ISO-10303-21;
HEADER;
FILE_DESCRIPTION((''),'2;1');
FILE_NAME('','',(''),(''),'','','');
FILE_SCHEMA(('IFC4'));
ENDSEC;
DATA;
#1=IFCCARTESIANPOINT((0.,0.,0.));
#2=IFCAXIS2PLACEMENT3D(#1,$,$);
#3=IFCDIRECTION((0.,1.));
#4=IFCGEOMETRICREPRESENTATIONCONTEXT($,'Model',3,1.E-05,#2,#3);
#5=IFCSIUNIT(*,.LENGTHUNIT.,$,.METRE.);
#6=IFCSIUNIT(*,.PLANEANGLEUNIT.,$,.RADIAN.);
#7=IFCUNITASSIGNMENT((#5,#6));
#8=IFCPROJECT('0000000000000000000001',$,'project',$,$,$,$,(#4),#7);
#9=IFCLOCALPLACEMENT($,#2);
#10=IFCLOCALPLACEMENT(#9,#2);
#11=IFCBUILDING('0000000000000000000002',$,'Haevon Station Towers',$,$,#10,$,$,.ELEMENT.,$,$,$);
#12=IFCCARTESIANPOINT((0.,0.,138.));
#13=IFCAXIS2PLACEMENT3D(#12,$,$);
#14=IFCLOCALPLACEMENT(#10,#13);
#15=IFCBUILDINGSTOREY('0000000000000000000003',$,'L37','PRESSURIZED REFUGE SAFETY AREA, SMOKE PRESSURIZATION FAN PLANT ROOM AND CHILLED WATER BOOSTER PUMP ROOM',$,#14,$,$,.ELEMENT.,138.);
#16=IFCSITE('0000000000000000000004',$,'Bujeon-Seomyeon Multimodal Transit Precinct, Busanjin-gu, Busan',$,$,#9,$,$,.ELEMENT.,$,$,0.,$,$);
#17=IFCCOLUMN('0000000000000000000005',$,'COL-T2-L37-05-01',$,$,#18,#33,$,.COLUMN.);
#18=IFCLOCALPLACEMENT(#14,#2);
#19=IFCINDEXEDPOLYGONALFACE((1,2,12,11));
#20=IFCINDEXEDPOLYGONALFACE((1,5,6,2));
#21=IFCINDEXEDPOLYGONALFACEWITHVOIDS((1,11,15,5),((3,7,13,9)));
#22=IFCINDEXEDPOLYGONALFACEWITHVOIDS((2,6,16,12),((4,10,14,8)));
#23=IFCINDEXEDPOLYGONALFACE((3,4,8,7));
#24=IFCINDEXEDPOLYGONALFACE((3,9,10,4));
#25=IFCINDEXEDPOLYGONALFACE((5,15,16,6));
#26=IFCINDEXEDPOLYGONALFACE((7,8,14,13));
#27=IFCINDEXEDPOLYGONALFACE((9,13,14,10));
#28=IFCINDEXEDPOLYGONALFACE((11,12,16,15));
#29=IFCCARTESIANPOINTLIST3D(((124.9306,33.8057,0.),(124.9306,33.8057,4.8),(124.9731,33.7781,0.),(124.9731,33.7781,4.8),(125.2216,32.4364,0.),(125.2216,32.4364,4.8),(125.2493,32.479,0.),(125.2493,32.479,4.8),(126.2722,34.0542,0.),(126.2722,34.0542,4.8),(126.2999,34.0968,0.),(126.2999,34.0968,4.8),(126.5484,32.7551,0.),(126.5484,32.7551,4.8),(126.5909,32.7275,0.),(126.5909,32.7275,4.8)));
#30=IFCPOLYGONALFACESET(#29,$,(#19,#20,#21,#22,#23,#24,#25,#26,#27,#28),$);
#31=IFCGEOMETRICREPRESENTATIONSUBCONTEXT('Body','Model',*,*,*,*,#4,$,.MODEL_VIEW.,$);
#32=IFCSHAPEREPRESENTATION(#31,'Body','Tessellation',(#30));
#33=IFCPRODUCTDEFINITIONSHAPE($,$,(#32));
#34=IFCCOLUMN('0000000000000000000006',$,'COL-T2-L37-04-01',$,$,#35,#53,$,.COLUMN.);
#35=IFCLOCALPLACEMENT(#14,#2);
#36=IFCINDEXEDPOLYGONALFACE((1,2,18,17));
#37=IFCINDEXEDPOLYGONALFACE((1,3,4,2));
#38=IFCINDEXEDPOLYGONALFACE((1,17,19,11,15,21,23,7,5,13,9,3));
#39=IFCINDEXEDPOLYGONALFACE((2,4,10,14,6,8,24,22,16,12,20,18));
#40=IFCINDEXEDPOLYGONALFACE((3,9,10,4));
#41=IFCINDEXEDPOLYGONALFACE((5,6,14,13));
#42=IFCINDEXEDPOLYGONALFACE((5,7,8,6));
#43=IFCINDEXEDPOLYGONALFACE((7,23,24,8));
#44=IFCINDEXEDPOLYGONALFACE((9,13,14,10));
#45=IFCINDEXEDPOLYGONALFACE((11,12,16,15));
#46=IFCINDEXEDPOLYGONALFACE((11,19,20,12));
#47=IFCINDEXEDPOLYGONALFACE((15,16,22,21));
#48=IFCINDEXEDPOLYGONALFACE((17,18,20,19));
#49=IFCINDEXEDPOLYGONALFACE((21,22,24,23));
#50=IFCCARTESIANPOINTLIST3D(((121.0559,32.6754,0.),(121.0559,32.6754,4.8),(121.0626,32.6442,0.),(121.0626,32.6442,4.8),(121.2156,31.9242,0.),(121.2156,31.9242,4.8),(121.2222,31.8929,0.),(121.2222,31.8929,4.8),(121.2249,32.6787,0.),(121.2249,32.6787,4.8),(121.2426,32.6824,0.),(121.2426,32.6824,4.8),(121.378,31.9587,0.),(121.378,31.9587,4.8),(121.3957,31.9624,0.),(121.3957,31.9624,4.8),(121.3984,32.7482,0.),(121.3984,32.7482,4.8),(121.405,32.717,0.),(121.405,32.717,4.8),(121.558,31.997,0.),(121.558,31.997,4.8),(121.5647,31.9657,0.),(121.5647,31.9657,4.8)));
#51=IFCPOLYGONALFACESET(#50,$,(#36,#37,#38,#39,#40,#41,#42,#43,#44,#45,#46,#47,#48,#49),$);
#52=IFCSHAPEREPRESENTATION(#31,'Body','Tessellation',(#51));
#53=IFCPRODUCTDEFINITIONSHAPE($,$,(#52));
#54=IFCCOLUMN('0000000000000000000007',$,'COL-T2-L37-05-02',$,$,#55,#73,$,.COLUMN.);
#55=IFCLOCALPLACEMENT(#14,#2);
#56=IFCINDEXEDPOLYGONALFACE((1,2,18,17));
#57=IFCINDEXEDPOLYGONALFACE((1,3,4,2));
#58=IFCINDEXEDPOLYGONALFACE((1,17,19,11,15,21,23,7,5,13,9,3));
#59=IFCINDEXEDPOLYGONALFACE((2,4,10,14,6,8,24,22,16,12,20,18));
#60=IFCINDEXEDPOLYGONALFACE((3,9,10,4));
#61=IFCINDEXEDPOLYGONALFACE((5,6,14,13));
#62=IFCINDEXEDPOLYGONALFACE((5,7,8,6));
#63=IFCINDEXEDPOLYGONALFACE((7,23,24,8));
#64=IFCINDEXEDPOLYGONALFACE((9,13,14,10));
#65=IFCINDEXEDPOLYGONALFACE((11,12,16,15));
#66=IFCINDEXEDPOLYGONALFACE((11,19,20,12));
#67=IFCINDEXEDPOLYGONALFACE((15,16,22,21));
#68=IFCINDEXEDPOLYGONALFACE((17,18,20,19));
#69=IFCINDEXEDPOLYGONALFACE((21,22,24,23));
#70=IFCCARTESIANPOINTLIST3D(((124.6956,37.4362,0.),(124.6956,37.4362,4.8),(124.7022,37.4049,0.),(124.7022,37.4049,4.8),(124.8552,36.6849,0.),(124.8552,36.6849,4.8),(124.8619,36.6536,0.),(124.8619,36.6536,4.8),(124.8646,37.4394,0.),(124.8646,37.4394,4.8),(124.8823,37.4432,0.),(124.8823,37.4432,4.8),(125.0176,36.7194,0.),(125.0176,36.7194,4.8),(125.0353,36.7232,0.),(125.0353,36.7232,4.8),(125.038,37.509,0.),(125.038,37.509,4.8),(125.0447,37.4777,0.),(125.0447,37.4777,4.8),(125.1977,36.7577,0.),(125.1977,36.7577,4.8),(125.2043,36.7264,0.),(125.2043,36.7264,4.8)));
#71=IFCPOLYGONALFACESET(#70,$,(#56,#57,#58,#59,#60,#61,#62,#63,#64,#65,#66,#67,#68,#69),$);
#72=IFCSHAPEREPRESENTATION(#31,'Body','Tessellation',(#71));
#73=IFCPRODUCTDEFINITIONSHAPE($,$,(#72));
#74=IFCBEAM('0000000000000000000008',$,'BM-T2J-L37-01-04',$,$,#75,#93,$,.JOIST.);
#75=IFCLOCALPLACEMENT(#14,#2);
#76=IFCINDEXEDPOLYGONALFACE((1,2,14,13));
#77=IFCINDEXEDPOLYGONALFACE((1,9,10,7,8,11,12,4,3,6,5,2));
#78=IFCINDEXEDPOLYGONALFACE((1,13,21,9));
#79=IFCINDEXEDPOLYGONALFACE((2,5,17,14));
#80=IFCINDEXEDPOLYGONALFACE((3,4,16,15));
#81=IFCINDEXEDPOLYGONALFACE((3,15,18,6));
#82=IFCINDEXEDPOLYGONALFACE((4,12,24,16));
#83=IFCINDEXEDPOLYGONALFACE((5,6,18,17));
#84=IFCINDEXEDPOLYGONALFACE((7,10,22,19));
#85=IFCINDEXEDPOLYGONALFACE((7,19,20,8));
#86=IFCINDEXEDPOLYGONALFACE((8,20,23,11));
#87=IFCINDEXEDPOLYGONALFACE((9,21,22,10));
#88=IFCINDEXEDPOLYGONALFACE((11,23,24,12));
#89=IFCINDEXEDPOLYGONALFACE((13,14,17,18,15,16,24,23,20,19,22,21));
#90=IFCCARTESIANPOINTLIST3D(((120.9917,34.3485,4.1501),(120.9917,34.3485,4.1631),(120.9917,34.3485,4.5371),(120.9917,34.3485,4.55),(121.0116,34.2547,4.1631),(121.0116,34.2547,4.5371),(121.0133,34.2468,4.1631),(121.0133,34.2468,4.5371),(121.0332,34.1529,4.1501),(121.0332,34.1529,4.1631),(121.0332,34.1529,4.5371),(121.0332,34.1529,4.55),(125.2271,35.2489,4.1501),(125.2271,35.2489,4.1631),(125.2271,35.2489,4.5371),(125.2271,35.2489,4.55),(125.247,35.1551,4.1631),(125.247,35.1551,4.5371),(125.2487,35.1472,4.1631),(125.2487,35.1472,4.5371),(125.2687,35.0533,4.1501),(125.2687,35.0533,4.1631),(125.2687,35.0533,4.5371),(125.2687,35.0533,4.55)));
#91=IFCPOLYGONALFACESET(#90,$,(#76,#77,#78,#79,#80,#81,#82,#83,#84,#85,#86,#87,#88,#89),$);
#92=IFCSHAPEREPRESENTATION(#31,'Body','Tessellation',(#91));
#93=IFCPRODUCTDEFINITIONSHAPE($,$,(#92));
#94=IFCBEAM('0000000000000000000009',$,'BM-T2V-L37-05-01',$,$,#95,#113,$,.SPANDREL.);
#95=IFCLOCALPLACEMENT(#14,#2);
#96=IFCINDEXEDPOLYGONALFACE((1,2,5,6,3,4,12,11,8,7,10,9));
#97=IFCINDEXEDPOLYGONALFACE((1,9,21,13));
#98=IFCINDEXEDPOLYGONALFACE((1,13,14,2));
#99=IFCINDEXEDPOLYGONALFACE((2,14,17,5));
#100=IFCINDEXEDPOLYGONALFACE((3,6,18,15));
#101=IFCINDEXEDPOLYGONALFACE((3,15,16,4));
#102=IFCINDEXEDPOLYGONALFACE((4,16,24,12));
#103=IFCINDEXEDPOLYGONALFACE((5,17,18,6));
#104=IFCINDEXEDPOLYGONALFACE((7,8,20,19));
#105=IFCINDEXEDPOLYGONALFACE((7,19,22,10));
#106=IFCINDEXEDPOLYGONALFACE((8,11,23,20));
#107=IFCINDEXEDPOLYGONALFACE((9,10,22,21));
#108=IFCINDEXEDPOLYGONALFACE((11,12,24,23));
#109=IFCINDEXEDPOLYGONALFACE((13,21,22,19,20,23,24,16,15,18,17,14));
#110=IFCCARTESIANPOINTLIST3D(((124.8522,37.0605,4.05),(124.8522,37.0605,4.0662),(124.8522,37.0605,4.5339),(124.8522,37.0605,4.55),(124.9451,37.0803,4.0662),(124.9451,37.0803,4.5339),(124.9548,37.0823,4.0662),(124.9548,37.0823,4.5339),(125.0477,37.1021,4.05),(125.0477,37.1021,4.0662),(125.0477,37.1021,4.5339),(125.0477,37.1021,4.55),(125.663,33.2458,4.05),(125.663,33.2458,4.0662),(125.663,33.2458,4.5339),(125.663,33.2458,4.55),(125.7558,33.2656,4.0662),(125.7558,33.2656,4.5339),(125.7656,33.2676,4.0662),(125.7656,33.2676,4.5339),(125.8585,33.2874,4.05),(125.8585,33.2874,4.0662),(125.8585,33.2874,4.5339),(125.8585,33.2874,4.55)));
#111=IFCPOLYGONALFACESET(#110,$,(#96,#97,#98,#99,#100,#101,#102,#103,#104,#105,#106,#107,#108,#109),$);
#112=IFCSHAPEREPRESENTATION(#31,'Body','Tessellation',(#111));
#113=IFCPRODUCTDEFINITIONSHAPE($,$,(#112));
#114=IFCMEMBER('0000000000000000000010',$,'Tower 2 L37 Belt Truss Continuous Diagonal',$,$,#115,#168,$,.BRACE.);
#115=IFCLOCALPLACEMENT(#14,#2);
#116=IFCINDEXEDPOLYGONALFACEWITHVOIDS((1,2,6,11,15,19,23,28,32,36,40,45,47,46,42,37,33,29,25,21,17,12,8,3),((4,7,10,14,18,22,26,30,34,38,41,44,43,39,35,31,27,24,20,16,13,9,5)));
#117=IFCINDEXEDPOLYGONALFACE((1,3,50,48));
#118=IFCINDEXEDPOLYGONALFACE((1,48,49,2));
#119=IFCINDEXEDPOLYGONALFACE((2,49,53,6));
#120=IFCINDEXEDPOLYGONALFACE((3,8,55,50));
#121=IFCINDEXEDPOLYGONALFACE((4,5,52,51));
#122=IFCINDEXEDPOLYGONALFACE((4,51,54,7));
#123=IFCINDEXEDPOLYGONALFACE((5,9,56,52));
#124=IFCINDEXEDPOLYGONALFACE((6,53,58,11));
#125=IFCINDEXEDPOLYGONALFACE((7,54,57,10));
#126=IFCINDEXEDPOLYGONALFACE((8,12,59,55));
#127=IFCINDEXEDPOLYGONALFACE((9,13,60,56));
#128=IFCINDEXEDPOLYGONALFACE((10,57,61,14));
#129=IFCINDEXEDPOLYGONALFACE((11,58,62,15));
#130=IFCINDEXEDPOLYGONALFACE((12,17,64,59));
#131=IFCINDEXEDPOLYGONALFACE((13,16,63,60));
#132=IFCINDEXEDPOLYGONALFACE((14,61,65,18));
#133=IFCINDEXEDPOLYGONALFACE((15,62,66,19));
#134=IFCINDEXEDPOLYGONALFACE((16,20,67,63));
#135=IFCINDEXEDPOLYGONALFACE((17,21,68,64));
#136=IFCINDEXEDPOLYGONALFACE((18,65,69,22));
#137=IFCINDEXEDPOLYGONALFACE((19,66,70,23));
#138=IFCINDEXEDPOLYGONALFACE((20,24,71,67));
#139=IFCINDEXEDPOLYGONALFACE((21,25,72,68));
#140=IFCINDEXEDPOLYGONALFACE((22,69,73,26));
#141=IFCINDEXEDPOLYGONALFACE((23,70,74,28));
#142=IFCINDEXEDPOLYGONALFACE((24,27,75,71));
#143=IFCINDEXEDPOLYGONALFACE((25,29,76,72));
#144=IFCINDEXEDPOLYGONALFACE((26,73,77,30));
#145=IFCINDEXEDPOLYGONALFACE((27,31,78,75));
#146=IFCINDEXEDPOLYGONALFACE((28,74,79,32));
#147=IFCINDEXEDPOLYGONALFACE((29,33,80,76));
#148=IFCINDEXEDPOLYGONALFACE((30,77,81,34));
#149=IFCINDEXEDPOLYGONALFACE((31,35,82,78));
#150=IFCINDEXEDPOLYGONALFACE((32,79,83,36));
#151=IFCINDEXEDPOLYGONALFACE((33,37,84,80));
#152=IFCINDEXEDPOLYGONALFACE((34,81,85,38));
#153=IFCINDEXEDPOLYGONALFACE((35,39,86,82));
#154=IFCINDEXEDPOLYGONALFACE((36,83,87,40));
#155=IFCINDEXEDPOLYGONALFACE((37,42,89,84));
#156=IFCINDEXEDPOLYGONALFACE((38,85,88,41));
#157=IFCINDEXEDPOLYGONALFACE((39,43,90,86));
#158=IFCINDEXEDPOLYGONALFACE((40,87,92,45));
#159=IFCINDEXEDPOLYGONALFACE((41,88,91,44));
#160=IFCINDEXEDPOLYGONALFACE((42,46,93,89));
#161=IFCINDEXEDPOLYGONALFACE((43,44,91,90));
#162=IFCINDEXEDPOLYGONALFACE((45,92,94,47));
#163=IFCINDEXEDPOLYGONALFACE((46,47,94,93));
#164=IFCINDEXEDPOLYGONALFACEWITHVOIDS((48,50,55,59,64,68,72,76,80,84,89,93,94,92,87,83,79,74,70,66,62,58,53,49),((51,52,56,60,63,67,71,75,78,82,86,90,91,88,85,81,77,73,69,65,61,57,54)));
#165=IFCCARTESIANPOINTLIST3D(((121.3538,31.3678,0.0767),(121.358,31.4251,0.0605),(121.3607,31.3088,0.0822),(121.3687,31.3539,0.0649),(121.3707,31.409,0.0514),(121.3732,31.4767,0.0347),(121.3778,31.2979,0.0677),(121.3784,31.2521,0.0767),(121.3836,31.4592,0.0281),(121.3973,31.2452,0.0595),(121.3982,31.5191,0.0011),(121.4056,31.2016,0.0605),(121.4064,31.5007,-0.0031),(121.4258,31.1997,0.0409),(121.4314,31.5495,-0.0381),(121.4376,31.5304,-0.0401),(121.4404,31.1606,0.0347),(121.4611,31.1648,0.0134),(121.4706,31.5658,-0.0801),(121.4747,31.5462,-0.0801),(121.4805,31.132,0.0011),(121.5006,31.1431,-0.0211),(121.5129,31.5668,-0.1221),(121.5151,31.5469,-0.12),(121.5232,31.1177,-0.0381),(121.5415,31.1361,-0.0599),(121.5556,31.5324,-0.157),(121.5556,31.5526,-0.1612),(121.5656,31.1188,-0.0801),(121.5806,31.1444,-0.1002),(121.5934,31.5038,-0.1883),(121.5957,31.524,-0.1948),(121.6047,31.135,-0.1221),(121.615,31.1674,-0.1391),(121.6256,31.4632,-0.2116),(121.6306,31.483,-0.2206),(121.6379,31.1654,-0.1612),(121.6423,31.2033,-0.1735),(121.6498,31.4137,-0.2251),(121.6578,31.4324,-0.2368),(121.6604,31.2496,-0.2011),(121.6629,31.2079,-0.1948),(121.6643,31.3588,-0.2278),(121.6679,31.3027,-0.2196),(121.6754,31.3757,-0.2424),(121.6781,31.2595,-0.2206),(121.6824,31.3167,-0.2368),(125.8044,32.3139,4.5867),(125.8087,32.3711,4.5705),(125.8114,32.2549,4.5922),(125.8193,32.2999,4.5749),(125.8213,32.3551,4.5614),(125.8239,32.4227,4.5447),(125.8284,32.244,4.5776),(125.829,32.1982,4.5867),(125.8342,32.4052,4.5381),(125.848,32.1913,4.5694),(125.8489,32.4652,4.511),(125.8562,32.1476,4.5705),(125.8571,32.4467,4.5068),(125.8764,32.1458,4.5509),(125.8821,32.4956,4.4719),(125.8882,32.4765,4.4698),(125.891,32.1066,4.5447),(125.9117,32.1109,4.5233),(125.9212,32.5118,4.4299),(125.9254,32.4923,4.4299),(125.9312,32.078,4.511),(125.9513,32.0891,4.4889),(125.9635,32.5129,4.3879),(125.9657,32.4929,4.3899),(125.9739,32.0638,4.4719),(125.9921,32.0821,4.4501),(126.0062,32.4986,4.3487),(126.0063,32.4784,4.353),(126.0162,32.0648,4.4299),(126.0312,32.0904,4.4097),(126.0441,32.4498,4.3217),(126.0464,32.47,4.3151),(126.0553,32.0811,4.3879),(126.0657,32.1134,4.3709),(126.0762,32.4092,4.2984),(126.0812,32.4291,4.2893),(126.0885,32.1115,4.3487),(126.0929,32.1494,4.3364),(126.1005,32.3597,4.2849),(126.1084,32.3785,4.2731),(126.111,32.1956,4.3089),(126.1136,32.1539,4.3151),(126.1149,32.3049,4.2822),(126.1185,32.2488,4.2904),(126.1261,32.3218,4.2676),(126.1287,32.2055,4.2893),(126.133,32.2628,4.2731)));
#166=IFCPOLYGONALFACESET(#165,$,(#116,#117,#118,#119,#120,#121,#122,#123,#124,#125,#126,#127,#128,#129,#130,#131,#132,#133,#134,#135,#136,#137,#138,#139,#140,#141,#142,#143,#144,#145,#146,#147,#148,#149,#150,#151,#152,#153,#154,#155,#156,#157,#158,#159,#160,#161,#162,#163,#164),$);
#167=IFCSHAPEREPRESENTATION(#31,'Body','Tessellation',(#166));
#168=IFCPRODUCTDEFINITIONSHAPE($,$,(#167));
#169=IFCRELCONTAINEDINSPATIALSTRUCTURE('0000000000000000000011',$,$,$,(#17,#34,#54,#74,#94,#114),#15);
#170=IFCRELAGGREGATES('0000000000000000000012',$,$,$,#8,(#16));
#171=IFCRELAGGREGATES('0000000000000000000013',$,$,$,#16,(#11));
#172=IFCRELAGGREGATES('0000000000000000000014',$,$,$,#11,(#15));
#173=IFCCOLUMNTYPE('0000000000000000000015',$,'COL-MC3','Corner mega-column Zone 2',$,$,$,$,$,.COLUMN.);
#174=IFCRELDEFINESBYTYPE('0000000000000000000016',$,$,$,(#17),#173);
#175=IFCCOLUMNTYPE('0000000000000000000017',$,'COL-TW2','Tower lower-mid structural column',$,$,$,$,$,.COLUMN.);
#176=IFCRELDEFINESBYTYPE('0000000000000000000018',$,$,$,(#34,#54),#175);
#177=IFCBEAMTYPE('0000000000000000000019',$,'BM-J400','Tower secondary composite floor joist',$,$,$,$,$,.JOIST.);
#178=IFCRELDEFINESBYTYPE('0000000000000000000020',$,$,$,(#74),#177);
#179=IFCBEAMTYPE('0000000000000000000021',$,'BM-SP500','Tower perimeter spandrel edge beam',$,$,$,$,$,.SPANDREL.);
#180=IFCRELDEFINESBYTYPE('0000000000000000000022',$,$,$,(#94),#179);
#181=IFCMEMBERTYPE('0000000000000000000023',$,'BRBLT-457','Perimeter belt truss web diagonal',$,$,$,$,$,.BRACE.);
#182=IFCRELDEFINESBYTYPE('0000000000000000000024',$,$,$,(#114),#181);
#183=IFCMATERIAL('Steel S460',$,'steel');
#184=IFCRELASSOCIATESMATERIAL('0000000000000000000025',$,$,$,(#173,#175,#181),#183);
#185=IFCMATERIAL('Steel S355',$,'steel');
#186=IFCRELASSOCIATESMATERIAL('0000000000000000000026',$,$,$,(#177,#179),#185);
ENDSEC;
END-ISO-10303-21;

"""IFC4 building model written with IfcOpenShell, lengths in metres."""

from ifc_helpers import new_model, si_unit, direction, frame, origin, origin_2d, place, context, subcontext, project, spatial, hollow_rectangle, hollow_circle, i_section, extrude, material, material_profile, profile_set, type_object, element, save


model = new_model("IFC4")

# Units and contexts
model_context = context("Model", 3, precision=1e-05, world=origin(), true_north=direction((0.0, 1.0)))
body_context = subcontext(model_context, "Body", "Model", "MODEL_VIEW")
ifc_project = project(units=[si_unit("LENGTHUNIT", "METRE"), si_unit("PLANEANGLEUNIT", "RADIAN")], contexts=[model_context])

# Site, building, storey
site_placement = place(None, origin())
site = spatial("IfcSite", under=ifc_project, at=site_placement, Name="Bujeon-Seomyeon Multimodal Transit Precinct, Busanjin-gu, Busan", CompositionType="ELEMENT", RefElevation=0.0)
building_placement = place(site_placement, origin())
building = spatial("IfcBuilding", under=site, at=building_placement, Name="Haevon Station Towers", CompositionType="ELEMENT")
storey_placement = place(building_placement, frame((0.0, 0.0, 138.0)))
storey = spatial("IfcBuildingStorey", under=building, at=storey_placement, Name="L37", Description="PRESSURIZED REFUGE SAFETY AREA, SMOKE PRESSURIZATION FAN PLANT ROOM AND CHILLED WATER BOOSTER PUMP ROOM", CompositionType="ELEMENT", Elevation=138.0)

# Columns
ifc_material_1 = material(Name="Steel S460", Category="steel")
ifc_material_profile_1 = material_profile(ifc_material_1, hollow_rectangle(XDim=1.3999, YDim=1.3999, WallThickness=0.0359, at=origin_2d()), Name="BOX-1400x1400x36")
ifc_profile_set_1 = profile_set([ifc_material_profile_1], Name="Steel S460")
column_type_1 = type_object("IfcColumnType", Name="COL-MC3", Description="Corner mega-column Zone 2", PredefinedType="COLUMN", material=ifc_profile_set_1)
column_placement = place(storey_placement, frame((125.7607, 33.2666, 0.0), z_axis=(0.0, 0.0, 1.0), x_axis=(0.978148, 0.207912, 0.0)))
element("IfcColumn", 1, at=column_placement, inside=storey, type_object=column_type_1, Name="COL-T2-L37-05-01", PredefinedType="COLUMN", context=body_context, shape_type="SweptSolid", body=[
    extrude(hollow_rectangle(XDim=1.3999, YDim=1.3999, WallThickness=0.0359, at=origin_2d()), origin(), (0.0, 0.0, 1.0), 4.8),
])
ifc_material_profile_2 = material_profile(ifc_material_1, i_section(OverallWidth=0.3501, OverallDepth=0.8, WebThickness=0.0181, FlangeThickness=0.032, at=origin_2d()), Name="H-800x350x18x32")
ifc_profile_set_2 = profile_set([ifc_material_profile_2], Name="Steel S460")
column_type_2 = type_object("IfcColumnType", Name="COL-TW2", Description="Tower lower-mid structural column", PredefinedType="COLUMN", material=ifc_profile_set_2)
for number, where, z_axis, x_axis, name in (
    (2, (121.3103, 32.3206, 0.0), (0.0, 0.0, 1.0), (0.978148, 0.207912, 0.0), "COL-T2-L37-04-01"),
    (3, (124.95, 37.0813, 0.0), (0.0, 0.0, 1.0), (0.978148, 0.207912, 0.0), "COL-T2-L37-05-02"),
):
    element("IfcColumn", number, at=place(storey_placement, frame(where, z_axis=z_axis, x_axis=x_axis)), inside=storey, type_object=column_type_2, Name=name, PredefinedType="COLUMN", context=body_context, shape_type="SweptSolid", body=[
        extrude(i_section(OverallWidth=0.3501, OverallDepth=0.8, WebThickness=0.0181, FlangeThickness=0.032, at=origin_2d()), origin(), (0.0, 0.0, 1.0), 4.8),
    ])

# Beams
ifc_material_2 = material(Name="Steel S355", Category="steel")
ifc_material_profile_3 = material_profile(ifc_material_2, i_section(OverallWidth=0.2, OverallDepth=0.3999, WebThickness=0.0081, FlangeThickness=0.0129, at=origin_2d()), Name="H-400x200x8x13")
ifc_profile_set_3 = profile_set([ifc_material_profile_3], Name="Steel S355")
beam_type_1 = type_object("IfcBeamType", Name="BM-J400", Description="Tower secondary composite floor joist", PredefinedType="JOIST", material=ifc_profile_set_3)
beam_1_placement = place(storey_placement, frame((121.0125, 34.2507, 4.3501), z_axis=(0.978141, 0.207942, 0.0), x_axis=(-0.207942, 0.978141, 0.0)))
element("IfcBeam", 4, at=beam_1_placement, inside=storey, type_object=beam_type_1, Name="BM-T2J-L37-01-04", PredefinedType="JOIST", context=body_context, shape_type="SweptSolid", body=[
    extrude(i_section(OverallWidth=0.2, OverallDepth=0.3999, WebThickness=0.0081, FlangeThickness=0.0129, at=origin_2d()), origin(), (0.0, 0.0, 1.0), 4.3301),
])
ifc_material_profile_4 = material_profile(ifc_material_2, i_section(OverallWidth=0.2, OverallDepth=0.5, WebThickness=0.01, FlangeThickness=0.0161, at=origin_2d()), Name="H-500x200x10x16")
ifc_profile_set_4 = profile_set([ifc_material_profile_4], Name="Steel S355")
beam_type_2 = type_object("IfcBeamType", Name="BM-SP500", Description="Tower perimeter spandrel edge beam", PredefinedType="SPANDREL", material=ifc_profile_set_4)
beam_2_placement = place(storey_placement, frame((125.7607, 33.2666, 4.3), z_axis=(-0.2079, 0.97815, 0.0), x_axis=(-0.97815, -0.2079, 0.0)))
element("IfcBeam", 5, at=beam_2_placement, inside=storey, type_object=beam_type_2, Name="BM-T2V-L37-05-01", PredefinedType="SPANDREL", context=body_context, shape_type="SweptSolid", body=[
    extrude(i_section(OverallWidth=0.2, OverallDepth=0.5, WebThickness=0.01, FlangeThickness=0.0161, at=origin_2d()), origin(), (0.0, 0.0, 1.0), 3.8999),
])

# Member
ifc_material_profile_5 = material_profile(ifc_material_1, hollow_circle(Radius=0.2285, WallThickness=0.02, at=origin_2d()), Name="CHS-457x20")
ifc_profile_set_5 = profile_set([ifc_material_profile_5], Name="Steel S460")
member_type_1 = type_object("IfcMemberType", Name="BRBLT-457", Description="Perimeter belt truss web diagonal", PredefinedType="BRACE", material=ifc_profile_set_5)
member_1_placement = place(storey_placement, frame((121.5181, 31.3423, -0.0801), z_axis=(0.694709, 0.147669, 0.703969), x_axis=(-0.207917, 0.978147, 0.0)))
element("IfcMember", 6, at=member_1_placement, inside=storey, type_object=member_type_1, Name="Tower 2 L37 Belt Truss Continuous Diagonal", PredefinedType="BRACE", context=body_context, shape_type="SweptSolid", body=[
    extrude(hollow_circle(Radius=0.2285, WallThickness=0.02, at=origin_2d()), origin(), (0.0, 0.0, 1.0), 6.4065),
])

save(model, "model.ifc")
